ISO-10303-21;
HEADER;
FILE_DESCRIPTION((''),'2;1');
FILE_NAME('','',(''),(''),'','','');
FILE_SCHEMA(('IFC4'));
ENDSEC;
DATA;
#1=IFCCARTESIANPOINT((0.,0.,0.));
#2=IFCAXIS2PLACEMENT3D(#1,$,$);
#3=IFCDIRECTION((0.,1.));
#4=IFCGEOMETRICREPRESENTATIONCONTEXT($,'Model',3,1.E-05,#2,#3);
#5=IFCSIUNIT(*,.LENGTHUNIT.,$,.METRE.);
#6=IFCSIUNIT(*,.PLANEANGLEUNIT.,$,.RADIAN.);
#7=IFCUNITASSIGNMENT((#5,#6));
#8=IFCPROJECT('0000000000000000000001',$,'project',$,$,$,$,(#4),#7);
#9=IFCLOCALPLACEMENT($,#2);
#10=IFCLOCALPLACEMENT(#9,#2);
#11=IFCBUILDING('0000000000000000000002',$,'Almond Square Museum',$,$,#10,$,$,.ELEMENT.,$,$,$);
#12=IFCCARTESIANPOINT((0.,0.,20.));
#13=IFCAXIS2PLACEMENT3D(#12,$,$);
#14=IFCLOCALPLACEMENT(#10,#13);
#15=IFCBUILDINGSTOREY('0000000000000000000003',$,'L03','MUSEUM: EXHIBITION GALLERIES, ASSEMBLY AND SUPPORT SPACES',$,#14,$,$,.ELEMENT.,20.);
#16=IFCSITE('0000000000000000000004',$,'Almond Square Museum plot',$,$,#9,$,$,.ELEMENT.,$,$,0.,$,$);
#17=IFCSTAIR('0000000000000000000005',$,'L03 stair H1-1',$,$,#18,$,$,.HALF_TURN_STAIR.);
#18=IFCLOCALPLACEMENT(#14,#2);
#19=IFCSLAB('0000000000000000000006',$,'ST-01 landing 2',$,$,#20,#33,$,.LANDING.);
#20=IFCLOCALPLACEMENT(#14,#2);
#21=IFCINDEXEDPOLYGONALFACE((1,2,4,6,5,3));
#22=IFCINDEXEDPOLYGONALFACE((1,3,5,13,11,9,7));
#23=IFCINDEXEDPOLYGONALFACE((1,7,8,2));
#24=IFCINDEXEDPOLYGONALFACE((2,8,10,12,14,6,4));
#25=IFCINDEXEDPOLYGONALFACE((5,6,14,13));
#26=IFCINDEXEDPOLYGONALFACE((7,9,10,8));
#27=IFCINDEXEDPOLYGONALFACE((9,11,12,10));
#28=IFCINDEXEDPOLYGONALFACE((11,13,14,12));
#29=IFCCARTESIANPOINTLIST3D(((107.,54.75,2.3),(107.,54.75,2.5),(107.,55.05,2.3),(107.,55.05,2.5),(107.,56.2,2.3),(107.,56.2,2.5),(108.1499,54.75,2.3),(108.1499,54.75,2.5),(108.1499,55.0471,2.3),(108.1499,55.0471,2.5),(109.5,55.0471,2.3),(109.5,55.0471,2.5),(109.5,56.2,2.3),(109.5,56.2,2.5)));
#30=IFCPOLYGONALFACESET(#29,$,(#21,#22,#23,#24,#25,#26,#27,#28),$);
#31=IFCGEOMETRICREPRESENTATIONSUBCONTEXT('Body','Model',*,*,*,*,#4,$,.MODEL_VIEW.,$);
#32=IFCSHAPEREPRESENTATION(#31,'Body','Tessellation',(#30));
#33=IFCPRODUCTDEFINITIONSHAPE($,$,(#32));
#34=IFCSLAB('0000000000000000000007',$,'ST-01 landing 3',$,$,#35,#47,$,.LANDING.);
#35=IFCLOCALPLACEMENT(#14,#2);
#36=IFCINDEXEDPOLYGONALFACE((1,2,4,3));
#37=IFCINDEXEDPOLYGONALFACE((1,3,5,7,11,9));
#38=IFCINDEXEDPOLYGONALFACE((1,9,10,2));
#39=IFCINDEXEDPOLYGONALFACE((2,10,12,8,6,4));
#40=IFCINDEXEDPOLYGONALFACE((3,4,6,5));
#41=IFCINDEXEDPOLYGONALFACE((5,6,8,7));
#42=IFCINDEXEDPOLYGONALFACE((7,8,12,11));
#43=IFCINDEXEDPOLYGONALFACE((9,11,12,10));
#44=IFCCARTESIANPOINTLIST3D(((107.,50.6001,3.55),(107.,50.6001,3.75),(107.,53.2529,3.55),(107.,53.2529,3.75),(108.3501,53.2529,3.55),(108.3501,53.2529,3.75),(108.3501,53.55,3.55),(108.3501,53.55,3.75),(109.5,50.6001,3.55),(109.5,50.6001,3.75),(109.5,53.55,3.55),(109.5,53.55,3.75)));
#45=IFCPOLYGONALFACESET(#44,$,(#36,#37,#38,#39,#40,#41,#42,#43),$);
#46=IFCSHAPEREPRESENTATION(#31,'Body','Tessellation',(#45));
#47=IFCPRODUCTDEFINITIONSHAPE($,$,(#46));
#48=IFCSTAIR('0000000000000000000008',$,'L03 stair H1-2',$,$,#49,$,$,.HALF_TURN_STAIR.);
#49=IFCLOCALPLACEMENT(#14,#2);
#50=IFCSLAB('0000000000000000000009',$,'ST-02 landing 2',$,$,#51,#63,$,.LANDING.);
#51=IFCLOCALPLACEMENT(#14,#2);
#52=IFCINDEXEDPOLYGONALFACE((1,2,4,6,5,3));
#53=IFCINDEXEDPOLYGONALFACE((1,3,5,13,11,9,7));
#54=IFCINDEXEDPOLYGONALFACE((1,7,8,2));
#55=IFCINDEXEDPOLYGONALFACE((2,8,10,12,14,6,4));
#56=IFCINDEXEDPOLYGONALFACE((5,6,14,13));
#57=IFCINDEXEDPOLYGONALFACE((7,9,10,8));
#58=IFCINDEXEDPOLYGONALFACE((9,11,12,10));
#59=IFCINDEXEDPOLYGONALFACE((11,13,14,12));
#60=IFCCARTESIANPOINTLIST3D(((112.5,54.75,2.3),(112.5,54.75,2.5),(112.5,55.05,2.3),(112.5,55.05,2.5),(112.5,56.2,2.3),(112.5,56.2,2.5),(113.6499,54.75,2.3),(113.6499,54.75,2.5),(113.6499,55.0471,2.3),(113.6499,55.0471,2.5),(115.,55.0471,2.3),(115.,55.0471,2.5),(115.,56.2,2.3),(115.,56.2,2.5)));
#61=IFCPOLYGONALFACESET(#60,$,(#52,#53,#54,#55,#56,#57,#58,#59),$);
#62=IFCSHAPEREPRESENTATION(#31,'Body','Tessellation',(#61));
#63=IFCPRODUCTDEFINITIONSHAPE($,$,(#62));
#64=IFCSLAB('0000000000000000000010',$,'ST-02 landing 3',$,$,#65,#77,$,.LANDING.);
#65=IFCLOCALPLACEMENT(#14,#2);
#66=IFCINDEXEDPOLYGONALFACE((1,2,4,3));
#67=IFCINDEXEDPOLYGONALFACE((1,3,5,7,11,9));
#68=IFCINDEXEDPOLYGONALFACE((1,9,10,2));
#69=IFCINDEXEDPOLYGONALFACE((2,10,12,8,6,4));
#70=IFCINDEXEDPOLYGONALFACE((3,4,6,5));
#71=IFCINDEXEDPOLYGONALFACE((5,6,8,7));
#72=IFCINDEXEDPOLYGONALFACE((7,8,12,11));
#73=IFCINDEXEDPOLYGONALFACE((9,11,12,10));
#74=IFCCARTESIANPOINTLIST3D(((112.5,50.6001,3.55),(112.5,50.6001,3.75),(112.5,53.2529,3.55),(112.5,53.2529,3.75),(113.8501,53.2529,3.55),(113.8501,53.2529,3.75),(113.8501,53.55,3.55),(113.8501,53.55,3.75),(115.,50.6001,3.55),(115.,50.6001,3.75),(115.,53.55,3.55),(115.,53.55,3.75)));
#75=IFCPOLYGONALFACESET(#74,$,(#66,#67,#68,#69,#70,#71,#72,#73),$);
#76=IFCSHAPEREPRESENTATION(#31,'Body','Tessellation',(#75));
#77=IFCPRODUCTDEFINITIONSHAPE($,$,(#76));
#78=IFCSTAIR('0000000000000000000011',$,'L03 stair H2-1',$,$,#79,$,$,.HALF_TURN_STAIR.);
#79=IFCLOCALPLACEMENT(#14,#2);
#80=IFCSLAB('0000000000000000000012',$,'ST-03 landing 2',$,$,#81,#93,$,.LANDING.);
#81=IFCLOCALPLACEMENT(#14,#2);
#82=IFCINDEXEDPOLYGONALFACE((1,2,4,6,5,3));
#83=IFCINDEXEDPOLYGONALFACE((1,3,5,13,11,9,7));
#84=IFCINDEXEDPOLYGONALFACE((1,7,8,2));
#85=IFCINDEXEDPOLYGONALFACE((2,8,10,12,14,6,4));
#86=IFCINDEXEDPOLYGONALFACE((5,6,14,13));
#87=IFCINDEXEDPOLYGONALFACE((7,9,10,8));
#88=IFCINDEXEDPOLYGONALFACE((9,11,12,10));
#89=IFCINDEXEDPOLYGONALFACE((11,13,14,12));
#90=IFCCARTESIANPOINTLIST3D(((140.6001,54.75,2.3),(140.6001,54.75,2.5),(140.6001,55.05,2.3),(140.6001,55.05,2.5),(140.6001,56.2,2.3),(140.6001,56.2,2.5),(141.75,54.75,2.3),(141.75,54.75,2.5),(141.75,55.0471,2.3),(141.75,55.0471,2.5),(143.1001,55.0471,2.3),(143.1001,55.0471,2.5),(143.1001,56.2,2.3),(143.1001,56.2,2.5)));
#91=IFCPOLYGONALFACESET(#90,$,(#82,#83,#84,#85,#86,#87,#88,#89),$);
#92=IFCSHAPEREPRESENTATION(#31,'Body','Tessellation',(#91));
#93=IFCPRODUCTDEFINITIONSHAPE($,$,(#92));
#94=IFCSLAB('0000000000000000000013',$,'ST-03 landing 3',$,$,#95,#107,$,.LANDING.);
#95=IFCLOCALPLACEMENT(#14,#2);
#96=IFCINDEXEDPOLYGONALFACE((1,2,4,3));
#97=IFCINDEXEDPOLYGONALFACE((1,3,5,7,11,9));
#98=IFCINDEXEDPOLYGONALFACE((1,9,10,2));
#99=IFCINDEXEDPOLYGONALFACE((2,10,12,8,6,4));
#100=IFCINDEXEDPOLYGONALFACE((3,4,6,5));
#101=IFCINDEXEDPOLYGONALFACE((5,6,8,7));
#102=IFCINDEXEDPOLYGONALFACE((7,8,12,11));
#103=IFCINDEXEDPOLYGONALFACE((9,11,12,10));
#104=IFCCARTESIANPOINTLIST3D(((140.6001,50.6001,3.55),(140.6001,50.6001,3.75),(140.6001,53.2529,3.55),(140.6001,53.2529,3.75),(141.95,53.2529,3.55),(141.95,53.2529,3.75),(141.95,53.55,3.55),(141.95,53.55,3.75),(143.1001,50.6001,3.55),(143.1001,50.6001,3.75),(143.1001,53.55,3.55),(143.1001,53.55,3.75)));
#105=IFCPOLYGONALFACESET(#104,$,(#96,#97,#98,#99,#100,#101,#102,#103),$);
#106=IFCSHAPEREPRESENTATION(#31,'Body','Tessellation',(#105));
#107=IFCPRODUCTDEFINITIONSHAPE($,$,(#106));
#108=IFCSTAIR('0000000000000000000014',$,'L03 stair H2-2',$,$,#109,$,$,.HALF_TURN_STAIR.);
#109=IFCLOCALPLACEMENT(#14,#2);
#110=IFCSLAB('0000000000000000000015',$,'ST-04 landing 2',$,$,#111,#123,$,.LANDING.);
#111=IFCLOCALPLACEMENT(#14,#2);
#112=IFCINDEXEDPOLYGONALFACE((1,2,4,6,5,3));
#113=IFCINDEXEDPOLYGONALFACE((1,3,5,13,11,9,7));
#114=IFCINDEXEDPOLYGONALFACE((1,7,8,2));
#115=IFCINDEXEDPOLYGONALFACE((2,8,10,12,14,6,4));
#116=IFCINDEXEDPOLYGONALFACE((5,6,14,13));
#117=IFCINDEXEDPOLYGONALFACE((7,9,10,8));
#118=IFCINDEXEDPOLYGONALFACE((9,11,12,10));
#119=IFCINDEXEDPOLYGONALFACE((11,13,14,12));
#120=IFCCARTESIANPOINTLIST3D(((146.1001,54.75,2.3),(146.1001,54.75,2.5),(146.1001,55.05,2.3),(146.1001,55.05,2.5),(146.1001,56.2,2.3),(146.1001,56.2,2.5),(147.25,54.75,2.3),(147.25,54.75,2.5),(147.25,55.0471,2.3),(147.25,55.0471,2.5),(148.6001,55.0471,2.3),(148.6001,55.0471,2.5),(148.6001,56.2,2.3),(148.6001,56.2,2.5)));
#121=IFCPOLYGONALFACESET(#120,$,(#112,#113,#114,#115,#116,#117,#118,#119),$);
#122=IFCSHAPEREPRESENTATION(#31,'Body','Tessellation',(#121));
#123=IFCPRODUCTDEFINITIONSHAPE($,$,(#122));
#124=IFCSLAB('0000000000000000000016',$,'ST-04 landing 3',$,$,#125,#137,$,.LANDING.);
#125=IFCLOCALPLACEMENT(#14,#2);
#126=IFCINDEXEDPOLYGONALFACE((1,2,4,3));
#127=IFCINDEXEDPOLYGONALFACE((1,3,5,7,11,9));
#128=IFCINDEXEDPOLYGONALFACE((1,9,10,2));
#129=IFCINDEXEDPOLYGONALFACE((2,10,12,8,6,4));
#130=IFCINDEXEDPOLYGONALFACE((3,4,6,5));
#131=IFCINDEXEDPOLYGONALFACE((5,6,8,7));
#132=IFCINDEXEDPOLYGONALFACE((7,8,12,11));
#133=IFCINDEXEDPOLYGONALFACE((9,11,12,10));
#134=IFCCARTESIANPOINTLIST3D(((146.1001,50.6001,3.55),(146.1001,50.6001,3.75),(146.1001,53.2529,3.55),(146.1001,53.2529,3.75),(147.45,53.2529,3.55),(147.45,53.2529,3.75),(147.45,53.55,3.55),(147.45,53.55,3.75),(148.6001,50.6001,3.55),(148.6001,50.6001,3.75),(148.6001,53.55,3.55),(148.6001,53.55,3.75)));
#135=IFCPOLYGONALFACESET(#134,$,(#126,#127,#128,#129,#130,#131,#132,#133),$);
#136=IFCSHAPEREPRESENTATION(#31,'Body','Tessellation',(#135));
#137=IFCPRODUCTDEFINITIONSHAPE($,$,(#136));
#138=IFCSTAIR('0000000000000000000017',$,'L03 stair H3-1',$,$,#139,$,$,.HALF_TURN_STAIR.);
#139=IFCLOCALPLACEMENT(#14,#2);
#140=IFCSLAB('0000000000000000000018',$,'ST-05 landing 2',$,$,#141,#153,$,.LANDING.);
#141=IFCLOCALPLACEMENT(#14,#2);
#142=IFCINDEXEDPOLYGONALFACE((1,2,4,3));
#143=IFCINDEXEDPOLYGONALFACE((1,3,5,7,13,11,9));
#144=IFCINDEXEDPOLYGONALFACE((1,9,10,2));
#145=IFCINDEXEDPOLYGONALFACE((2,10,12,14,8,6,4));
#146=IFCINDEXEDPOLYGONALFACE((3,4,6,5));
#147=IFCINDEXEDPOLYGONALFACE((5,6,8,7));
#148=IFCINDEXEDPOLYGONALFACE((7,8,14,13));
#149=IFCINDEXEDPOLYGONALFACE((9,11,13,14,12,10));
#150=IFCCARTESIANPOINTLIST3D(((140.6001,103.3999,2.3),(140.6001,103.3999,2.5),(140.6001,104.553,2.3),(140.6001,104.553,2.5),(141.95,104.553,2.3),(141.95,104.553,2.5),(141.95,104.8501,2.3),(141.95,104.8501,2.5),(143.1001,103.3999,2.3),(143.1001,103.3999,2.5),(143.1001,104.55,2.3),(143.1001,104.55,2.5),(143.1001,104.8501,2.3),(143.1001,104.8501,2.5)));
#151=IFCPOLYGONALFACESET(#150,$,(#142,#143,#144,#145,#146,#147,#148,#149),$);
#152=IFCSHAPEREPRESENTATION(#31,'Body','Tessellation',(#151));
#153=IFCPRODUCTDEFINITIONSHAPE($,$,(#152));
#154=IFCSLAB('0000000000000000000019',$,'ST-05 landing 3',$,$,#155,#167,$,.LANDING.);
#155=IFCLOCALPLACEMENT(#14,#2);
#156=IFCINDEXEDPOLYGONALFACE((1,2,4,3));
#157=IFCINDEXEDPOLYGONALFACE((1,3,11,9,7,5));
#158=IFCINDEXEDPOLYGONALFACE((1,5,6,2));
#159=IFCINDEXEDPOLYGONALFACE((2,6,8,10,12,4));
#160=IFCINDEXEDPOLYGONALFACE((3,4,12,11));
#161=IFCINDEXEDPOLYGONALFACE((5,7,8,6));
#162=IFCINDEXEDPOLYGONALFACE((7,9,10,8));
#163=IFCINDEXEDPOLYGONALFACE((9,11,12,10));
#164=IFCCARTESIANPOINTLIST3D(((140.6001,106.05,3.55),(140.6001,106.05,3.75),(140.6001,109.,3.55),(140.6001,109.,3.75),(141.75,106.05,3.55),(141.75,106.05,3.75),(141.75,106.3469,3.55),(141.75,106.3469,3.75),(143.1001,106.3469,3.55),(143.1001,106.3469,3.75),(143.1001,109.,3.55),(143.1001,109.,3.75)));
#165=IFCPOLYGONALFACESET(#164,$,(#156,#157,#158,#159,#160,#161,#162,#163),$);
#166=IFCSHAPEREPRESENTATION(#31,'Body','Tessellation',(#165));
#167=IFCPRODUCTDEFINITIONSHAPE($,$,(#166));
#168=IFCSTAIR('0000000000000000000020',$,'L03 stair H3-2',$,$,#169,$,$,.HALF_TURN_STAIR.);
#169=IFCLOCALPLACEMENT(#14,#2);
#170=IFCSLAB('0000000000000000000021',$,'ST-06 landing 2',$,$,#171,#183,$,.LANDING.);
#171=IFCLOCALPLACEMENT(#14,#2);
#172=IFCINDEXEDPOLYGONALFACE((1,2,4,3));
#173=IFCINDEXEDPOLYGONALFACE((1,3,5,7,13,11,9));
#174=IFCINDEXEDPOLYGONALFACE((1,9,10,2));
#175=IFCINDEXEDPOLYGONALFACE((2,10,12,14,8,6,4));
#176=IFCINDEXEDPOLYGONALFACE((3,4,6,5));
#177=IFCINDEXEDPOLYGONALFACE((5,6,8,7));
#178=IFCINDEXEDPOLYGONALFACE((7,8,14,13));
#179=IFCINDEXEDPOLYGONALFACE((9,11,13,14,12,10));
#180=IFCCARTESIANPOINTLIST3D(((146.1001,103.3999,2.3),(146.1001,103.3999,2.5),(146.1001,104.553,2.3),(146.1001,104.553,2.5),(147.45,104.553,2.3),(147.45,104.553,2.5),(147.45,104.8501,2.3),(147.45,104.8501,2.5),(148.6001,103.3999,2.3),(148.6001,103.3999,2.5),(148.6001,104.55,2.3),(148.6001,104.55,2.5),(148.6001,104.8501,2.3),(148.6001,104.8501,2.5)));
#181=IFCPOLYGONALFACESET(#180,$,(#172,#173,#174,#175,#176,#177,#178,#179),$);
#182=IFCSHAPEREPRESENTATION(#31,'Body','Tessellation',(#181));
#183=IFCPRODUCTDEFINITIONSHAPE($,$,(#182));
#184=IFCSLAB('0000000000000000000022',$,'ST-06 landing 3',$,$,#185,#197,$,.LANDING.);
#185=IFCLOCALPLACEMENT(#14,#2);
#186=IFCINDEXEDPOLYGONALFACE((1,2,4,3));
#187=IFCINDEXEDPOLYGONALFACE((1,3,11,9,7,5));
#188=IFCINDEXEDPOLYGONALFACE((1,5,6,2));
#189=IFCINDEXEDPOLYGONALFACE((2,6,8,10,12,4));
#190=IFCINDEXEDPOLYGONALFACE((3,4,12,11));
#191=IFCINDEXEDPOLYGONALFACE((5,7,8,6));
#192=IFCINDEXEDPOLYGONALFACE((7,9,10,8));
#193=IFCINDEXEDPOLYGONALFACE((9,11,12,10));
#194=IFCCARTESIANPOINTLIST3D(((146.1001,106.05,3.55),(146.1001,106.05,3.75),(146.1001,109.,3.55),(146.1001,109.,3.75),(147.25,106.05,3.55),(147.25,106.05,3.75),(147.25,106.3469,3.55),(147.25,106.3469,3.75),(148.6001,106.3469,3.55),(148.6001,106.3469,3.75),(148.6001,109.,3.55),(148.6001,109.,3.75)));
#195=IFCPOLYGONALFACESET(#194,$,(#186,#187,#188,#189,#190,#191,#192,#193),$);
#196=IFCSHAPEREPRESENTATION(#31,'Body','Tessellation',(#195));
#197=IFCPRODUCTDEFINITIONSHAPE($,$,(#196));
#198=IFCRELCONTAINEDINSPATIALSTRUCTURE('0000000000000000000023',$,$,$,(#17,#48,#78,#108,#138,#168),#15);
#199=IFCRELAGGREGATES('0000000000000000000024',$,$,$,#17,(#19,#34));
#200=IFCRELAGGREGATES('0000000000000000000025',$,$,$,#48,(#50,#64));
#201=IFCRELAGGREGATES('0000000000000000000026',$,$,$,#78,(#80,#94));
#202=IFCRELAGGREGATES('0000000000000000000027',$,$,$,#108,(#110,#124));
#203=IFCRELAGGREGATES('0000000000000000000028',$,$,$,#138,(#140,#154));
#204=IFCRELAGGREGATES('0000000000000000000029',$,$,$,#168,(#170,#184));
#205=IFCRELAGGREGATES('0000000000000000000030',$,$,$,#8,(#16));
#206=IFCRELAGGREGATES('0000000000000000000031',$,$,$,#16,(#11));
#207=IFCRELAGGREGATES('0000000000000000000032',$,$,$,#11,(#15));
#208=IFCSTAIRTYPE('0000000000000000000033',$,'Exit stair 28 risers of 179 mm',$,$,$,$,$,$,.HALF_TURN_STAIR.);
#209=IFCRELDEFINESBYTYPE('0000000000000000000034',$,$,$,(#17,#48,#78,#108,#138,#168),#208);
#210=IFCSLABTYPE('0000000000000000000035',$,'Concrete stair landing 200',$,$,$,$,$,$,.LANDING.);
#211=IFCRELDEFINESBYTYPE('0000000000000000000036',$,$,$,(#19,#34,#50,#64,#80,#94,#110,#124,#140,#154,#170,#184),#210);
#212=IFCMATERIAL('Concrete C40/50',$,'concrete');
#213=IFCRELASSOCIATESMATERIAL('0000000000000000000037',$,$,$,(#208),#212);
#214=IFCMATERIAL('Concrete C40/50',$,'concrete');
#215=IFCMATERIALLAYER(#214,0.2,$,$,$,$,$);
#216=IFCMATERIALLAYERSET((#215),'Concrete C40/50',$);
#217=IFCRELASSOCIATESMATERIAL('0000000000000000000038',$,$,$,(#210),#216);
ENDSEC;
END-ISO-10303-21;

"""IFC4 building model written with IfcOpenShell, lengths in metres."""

from ifc_helpers import new_model, si_unit, direction, frame, origin, place, context, subcontext, project, spatial, polyline, outline, extrude, material, layer, layer_set, type_object, element, aggregate, save


model = new_model("IFC4")

# Units and contexts
model_context = context("Model", 3, precision=1e-05, world=origin(), true_north=direction((0.0, 1.0)))
body_context = subcontext(model_context, "Body", "Model", "MODEL_VIEW")
ifc_project = project(units=[si_unit("LENGTHUNIT", "METRE"), si_unit("PLANEANGLEUNIT", "RADIAN")], contexts=[model_context])

# Site, building, storey
site_placement = place(None, origin())
site = spatial("IfcSite", under=ifc_project, at=site_placement, Name="Almond Square Museum plot", CompositionType="ELEMENT", RefElevation=0.0)
building_placement = place(site_placement, origin())
building = spatial("IfcBuilding", under=site, at=building_placement, Name="Almond Square Museum", CompositionType="ELEMENT")
storey_placement = place(building_placement, frame((0.0, 0.0, 20.0)))
storey = spatial("IfcBuildingStorey", under=building, at=storey_placement, Name="L03", Description="MUSEUM: EXHIBITION GALLERIES, ASSEMBLY AND SUPPORT SPACES", CompositionType="ELEMENT", Elevation=20.0)

# Stairs, slabs
ifc_material_1 = material(Name="Concrete C40/50", Category="concrete")
stair_type = type_object("IfcStairType", Name="Exit stair 28 risers of 179 mm", PredefinedType="HALF_TURN_STAIR", material=ifc_material_1)
stair_1_placement = place(storey_placement, origin())
stair_1 = element("IfcStair", 1, at=stair_1_placement, inside=storey, type_object=stair_type, Name="L03 stair H1-1", PredefinedType="HALF_TURN_STAIR")
ifc_material_2 = material(Name="Concrete C40/50", Category="concrete")
ifc_layer = layer(ifc_material_2, 0.2)
ifc_layer_set = layer_set([ifc_layer], Name="Concrete C40/50")
slab_type = type_object("IfcSlabType", Name="Concrete stair landing 200", PredefinedType="LANDING", material=ifc_layer_set)
slab_1_placement = place(storey_placement, frame((0.0, 0.0, 2.3)))
slab_1 = element("IfcSlab", 2, at=slab_1_placement, type_object=slab_type, Name="ST-01 landing 2", PredefinedType="LANDING", context=body_context, shape_type="SweptSolid", body=[
    extrude(outline(polyline([(107.0, 56.2), (107.0, 55.05), (107.0, 54.75), (108.1499, 54.75), (108.1499, 55.0471), (109.5, 55.0471), (109.5, 56.2), (107.0, 56.2)])), origin(), (0.0, 0.0, 1.0), 0.2),
])
slab_2_placement = place(storey_placement, frame((0.0, 0.0, 3.55)))
slab_2 = element("IfcSlab", 3, at=slab_2_placement, type_object=slab_type, Name="ST-01 landing 3", PredefinedType="LANDING", context=body_context, shape_type="SweptSolid", body=[
    extrude(outline(polyline([(107.0, 53.2529), (107.0, 50.6001), (109.5, 50.6001), (109.5, 53.55), (108.3501, 53.55), (108.3501, 53.2529), (107.0, 53.2529)])), origin(), (0.0, 0.0, 1.0), 0.2),
])
aggregate(stair_1, [slab_1, slab_2])
stair_2_placement = place(storey_placement, origin())
stair_2 = element("IfcStair", 4, at=stair_2_placement, inside=storey, type_object=stair_type, Name="L03 stair H1-2", PredefinedType="HALF_TURN_STAIR")
slab_3_placement = place(storey_placement, frame((0.0, 0.0, 2.3)))
slab_3 = element("IfcSlab", 5, at=slab_3_placement, type_object=slab_type, Name="ST-02 landing 2", PredefinedType="LANDING", context=body_context, shape_type="SweptSolid", body=[
    extrude(outline(polyline([(112.5, 56.2), (112.5, 55.05), (112.5, 54.75), (113.6499, 54.75), (113.6499, 55.0471), (115.0, 55.0471), (115.0, 56.2), (112.5, 56.2)])), origin(), (0.0, 0.0, 1.0), 0.2),
])
slab_4_placement = place(storey_placement, frame((0.0, 0.0, 3.55)))
slab_4 = element("IfcSlab", 6, at=slab_4_placement, type_object=slab_type, Name="ST-02 landing 3", PredefinedType="LANDING", context=body_context, shape_type="SweptSolid", body=[
    extrude(outline(polyline([(112.5, 53.2529), (112.5, 50.6001), (115.0, 50.6001), (115.0, 53.55), (113.8501, 53.55), (113.8501, 53.2529), (112.5, 53.2529)])), origin(), (0.0, 0.0, 1.0), 0.2),
])
aggregate(stair_2, [slab_3, slab_4])
stair_3_placement = place(storey_placement, origin())
stair_3 = element("IfcStair", 7, at=stair_3_placement, inside=storey, type_object=stair_type, Name="L03 stair H2-1", PredefinedType="HALF_TURN_STAIR")
slab_5_placement = place(storey_placement, frame((0.0, 0.0, 2.3)))
slab_5 = element("IfcSlab", 8, at=slab_5_placement, type_object=slab_type, Name="ST-03 landing 2", PredefinedType="LANDING", context=body_context, shape_type="SweptSolid", body=[
    extrude(outline(polyline([(140.6001, 56.2), (140.6001, 55.05), (140.6001, 54.75), (141.75, 54.75), (141.75, 55.0471), (143.1001, 55.0471), (143.1001, 56.2), (140.6001, 56.2)])), origin(), (0.0, 0.0, 1.0), 0.2),
])
slab_6_placement = place(storey_placement, frame((0.0, 0.0, 3.55)))
slab_6 = element("IfcSlab", 9, at=slab_6_placement, type_object=slab_type, Name="ST-03 landing 3", PredefinedType="LANDING", context=body_context, shape_type="SweptSolid", body=[
    extrude(outline(polyline([(140.6001, 53.2529), (140.6001, 50.6001), (143.1001, 50.6001), (143.1001, 53.55), (141.95, 53.55), (141.95, 53.2529), (140.6001, 53.2529)])), origin(), (0.0, 0.0, 1.0), 0.2),
])
aggregate(stair_3, [slab_5, slab_6])
stair_4_placement = place(storey_placement, origin())
stair_4 = element("IfcStair", 10, at=stair_4_placement, inside=storey, type_object=stair_type, Name="L03 stair H2-2", PredefinedType="HALF_TURN_STAIR")
slab_7_placement = place(storey_placement, frame((0.0, 0.0, 2.3)))
slab_7 = element("IfcSlab", 11, at=slab_7_placement, type_object=slab_type, Name="ST-04 landing 2", PredefinedType="LANDING", context=body_context, shape_type="SweptSolid", body=[
    extrude(outline(polyline([(146.1001, 56.2), (146.1001, 55.05), (146.1001, 54.75), (147.25, 54.75), (147.25, 55.0471), (148.6001, 55.0471), (148.6001, 56.2), (146.1001, 56.2)])), origin(), (0.0, 0.0, 1.0), 0.2),
])
slab_8_placement = place(storey_placement, frame((0.0, 0.0, 3.55)))
slab_8 = element("IfcSlab", 12, at=slab_8_placement, type_object=slab_type, Name="ST-04 landing 3", PredefinedType="LANDING", context=body_context, shape_type="SweptSolid", body=[
    extrude(outline(polyline([(146.1001, 53.2529), (146.1001, 50.6001), (148.6001, 50.6001), (148.6001, 53.55), (147.45, 53.55), (147.45, 53.2529), (146.1001, 53.2529)])), origin(), (0.0, 0.0, 1.0), 0.2),
])
aggregate(stair_4, [slab_7, slab_8])
stair_5_placement = place(storey_placement, origin())
stair_5 = element("IfcStair", 13, at=stair_5_placement, inside=storey, type_object=stair_type, Name="L03 stair H3-1", PredefinedType="HALF_TURN_STAIR")
slab_9_placement = place(storey_placement, frame((0.0, 0.0, 2.3)))
slab_9 = element("IfcSlab", 14, at=slab_9_placement, type_object=slab_type, Name="ST-05 landing 2", PredefinedType="LANDING", context=body_context, shape_type="SweptSolid", body=[
    extrude(outline(polyline([(143.1001, 103.3999), (143.1001, 104.55), (143.1001, 104.8501), (141.95, 104.8501), (141.95, 104.553), (140.6001, 104.553), (140.6001, 103.3999), (143.1001, 103.3999)])), origin(), (0.0, 0.0, 1.0), 0.2),
])
slab_10_placement = place(storey_placement, frame((0.0, 0.0, 3.55)))
slab_10 = element("IfcSlab", 15, at=slab_10_placement, type_object=slab_type, Name="ST-05 landing 3", PredefinedType="LANDING", context=body_context, shape_type="SweptSolid", body=[
    extrude(outline(polyline([(143.1001, 106.3469), (143.1001, 109.0), (140.6001, 109.0), (140.6001, 106.05), (141.75, 106.05), (141.75, 106.3469), (143.1001, 106.3469)])), origin(), (0.0, 0.0, 1.0), 0.2),
])
aggregate(stair_5, [slab_9, slab_10])
stair_6_placement = place(storey_placement, origin())
stair_6 = element("IfcStair", 16, at=stair_6_placement, inside=storey, type_object=stair_type, Name="L03 stair H3-2", PredefinedType="HALF_TURN_STAIR")
slab_11_placement = place(storey_placement, frame((0.0, 0.0, 2.3)))
slab_11 = element("IfcSlab", 17, at=slab_11_placement, type_object=slab_type, Name="ST-06 landing 2", PredefinedType="LANDING", context=body_context, shape_type="SweptSolid", body=[
    extrude(outline(polyline([(148.6001, 103.3999), (148.6001, 104.55), (148.6001, 104.8501), (147.45, 104.8501), (147.45, 104.553), (146.1001, 104.553), (146.1001, 103.3999), (148.6001, 103.3999)])), origin(), (0.0, 0.0, 1.0), 0.2),
])
slab_12_placement = place(storey_placement, frame((0.0, 0.0, 3.55)))
slab_12 = element("IfcSlab", 18, at=slab_12_placement, type_object=slab_type, Name="ST-06 landing 3", PredefinedType="LANDING", context=body_context, shape_type="SweptSolid", body=[
    extrude(outline(polyline([(148.6001, 106.3469), (148.6001, 109.0), (146.1001, 109.0), (146.1001, 106.05), (147.25, 106.05), (147.25, 106.3469), (148.6001, 106.3469)])), origin(), (0.0, 0.0, 1.0), 0.2),
])
aggregate(stair_6, [slab_11, slab_12])

save(model, "model.ifc")
